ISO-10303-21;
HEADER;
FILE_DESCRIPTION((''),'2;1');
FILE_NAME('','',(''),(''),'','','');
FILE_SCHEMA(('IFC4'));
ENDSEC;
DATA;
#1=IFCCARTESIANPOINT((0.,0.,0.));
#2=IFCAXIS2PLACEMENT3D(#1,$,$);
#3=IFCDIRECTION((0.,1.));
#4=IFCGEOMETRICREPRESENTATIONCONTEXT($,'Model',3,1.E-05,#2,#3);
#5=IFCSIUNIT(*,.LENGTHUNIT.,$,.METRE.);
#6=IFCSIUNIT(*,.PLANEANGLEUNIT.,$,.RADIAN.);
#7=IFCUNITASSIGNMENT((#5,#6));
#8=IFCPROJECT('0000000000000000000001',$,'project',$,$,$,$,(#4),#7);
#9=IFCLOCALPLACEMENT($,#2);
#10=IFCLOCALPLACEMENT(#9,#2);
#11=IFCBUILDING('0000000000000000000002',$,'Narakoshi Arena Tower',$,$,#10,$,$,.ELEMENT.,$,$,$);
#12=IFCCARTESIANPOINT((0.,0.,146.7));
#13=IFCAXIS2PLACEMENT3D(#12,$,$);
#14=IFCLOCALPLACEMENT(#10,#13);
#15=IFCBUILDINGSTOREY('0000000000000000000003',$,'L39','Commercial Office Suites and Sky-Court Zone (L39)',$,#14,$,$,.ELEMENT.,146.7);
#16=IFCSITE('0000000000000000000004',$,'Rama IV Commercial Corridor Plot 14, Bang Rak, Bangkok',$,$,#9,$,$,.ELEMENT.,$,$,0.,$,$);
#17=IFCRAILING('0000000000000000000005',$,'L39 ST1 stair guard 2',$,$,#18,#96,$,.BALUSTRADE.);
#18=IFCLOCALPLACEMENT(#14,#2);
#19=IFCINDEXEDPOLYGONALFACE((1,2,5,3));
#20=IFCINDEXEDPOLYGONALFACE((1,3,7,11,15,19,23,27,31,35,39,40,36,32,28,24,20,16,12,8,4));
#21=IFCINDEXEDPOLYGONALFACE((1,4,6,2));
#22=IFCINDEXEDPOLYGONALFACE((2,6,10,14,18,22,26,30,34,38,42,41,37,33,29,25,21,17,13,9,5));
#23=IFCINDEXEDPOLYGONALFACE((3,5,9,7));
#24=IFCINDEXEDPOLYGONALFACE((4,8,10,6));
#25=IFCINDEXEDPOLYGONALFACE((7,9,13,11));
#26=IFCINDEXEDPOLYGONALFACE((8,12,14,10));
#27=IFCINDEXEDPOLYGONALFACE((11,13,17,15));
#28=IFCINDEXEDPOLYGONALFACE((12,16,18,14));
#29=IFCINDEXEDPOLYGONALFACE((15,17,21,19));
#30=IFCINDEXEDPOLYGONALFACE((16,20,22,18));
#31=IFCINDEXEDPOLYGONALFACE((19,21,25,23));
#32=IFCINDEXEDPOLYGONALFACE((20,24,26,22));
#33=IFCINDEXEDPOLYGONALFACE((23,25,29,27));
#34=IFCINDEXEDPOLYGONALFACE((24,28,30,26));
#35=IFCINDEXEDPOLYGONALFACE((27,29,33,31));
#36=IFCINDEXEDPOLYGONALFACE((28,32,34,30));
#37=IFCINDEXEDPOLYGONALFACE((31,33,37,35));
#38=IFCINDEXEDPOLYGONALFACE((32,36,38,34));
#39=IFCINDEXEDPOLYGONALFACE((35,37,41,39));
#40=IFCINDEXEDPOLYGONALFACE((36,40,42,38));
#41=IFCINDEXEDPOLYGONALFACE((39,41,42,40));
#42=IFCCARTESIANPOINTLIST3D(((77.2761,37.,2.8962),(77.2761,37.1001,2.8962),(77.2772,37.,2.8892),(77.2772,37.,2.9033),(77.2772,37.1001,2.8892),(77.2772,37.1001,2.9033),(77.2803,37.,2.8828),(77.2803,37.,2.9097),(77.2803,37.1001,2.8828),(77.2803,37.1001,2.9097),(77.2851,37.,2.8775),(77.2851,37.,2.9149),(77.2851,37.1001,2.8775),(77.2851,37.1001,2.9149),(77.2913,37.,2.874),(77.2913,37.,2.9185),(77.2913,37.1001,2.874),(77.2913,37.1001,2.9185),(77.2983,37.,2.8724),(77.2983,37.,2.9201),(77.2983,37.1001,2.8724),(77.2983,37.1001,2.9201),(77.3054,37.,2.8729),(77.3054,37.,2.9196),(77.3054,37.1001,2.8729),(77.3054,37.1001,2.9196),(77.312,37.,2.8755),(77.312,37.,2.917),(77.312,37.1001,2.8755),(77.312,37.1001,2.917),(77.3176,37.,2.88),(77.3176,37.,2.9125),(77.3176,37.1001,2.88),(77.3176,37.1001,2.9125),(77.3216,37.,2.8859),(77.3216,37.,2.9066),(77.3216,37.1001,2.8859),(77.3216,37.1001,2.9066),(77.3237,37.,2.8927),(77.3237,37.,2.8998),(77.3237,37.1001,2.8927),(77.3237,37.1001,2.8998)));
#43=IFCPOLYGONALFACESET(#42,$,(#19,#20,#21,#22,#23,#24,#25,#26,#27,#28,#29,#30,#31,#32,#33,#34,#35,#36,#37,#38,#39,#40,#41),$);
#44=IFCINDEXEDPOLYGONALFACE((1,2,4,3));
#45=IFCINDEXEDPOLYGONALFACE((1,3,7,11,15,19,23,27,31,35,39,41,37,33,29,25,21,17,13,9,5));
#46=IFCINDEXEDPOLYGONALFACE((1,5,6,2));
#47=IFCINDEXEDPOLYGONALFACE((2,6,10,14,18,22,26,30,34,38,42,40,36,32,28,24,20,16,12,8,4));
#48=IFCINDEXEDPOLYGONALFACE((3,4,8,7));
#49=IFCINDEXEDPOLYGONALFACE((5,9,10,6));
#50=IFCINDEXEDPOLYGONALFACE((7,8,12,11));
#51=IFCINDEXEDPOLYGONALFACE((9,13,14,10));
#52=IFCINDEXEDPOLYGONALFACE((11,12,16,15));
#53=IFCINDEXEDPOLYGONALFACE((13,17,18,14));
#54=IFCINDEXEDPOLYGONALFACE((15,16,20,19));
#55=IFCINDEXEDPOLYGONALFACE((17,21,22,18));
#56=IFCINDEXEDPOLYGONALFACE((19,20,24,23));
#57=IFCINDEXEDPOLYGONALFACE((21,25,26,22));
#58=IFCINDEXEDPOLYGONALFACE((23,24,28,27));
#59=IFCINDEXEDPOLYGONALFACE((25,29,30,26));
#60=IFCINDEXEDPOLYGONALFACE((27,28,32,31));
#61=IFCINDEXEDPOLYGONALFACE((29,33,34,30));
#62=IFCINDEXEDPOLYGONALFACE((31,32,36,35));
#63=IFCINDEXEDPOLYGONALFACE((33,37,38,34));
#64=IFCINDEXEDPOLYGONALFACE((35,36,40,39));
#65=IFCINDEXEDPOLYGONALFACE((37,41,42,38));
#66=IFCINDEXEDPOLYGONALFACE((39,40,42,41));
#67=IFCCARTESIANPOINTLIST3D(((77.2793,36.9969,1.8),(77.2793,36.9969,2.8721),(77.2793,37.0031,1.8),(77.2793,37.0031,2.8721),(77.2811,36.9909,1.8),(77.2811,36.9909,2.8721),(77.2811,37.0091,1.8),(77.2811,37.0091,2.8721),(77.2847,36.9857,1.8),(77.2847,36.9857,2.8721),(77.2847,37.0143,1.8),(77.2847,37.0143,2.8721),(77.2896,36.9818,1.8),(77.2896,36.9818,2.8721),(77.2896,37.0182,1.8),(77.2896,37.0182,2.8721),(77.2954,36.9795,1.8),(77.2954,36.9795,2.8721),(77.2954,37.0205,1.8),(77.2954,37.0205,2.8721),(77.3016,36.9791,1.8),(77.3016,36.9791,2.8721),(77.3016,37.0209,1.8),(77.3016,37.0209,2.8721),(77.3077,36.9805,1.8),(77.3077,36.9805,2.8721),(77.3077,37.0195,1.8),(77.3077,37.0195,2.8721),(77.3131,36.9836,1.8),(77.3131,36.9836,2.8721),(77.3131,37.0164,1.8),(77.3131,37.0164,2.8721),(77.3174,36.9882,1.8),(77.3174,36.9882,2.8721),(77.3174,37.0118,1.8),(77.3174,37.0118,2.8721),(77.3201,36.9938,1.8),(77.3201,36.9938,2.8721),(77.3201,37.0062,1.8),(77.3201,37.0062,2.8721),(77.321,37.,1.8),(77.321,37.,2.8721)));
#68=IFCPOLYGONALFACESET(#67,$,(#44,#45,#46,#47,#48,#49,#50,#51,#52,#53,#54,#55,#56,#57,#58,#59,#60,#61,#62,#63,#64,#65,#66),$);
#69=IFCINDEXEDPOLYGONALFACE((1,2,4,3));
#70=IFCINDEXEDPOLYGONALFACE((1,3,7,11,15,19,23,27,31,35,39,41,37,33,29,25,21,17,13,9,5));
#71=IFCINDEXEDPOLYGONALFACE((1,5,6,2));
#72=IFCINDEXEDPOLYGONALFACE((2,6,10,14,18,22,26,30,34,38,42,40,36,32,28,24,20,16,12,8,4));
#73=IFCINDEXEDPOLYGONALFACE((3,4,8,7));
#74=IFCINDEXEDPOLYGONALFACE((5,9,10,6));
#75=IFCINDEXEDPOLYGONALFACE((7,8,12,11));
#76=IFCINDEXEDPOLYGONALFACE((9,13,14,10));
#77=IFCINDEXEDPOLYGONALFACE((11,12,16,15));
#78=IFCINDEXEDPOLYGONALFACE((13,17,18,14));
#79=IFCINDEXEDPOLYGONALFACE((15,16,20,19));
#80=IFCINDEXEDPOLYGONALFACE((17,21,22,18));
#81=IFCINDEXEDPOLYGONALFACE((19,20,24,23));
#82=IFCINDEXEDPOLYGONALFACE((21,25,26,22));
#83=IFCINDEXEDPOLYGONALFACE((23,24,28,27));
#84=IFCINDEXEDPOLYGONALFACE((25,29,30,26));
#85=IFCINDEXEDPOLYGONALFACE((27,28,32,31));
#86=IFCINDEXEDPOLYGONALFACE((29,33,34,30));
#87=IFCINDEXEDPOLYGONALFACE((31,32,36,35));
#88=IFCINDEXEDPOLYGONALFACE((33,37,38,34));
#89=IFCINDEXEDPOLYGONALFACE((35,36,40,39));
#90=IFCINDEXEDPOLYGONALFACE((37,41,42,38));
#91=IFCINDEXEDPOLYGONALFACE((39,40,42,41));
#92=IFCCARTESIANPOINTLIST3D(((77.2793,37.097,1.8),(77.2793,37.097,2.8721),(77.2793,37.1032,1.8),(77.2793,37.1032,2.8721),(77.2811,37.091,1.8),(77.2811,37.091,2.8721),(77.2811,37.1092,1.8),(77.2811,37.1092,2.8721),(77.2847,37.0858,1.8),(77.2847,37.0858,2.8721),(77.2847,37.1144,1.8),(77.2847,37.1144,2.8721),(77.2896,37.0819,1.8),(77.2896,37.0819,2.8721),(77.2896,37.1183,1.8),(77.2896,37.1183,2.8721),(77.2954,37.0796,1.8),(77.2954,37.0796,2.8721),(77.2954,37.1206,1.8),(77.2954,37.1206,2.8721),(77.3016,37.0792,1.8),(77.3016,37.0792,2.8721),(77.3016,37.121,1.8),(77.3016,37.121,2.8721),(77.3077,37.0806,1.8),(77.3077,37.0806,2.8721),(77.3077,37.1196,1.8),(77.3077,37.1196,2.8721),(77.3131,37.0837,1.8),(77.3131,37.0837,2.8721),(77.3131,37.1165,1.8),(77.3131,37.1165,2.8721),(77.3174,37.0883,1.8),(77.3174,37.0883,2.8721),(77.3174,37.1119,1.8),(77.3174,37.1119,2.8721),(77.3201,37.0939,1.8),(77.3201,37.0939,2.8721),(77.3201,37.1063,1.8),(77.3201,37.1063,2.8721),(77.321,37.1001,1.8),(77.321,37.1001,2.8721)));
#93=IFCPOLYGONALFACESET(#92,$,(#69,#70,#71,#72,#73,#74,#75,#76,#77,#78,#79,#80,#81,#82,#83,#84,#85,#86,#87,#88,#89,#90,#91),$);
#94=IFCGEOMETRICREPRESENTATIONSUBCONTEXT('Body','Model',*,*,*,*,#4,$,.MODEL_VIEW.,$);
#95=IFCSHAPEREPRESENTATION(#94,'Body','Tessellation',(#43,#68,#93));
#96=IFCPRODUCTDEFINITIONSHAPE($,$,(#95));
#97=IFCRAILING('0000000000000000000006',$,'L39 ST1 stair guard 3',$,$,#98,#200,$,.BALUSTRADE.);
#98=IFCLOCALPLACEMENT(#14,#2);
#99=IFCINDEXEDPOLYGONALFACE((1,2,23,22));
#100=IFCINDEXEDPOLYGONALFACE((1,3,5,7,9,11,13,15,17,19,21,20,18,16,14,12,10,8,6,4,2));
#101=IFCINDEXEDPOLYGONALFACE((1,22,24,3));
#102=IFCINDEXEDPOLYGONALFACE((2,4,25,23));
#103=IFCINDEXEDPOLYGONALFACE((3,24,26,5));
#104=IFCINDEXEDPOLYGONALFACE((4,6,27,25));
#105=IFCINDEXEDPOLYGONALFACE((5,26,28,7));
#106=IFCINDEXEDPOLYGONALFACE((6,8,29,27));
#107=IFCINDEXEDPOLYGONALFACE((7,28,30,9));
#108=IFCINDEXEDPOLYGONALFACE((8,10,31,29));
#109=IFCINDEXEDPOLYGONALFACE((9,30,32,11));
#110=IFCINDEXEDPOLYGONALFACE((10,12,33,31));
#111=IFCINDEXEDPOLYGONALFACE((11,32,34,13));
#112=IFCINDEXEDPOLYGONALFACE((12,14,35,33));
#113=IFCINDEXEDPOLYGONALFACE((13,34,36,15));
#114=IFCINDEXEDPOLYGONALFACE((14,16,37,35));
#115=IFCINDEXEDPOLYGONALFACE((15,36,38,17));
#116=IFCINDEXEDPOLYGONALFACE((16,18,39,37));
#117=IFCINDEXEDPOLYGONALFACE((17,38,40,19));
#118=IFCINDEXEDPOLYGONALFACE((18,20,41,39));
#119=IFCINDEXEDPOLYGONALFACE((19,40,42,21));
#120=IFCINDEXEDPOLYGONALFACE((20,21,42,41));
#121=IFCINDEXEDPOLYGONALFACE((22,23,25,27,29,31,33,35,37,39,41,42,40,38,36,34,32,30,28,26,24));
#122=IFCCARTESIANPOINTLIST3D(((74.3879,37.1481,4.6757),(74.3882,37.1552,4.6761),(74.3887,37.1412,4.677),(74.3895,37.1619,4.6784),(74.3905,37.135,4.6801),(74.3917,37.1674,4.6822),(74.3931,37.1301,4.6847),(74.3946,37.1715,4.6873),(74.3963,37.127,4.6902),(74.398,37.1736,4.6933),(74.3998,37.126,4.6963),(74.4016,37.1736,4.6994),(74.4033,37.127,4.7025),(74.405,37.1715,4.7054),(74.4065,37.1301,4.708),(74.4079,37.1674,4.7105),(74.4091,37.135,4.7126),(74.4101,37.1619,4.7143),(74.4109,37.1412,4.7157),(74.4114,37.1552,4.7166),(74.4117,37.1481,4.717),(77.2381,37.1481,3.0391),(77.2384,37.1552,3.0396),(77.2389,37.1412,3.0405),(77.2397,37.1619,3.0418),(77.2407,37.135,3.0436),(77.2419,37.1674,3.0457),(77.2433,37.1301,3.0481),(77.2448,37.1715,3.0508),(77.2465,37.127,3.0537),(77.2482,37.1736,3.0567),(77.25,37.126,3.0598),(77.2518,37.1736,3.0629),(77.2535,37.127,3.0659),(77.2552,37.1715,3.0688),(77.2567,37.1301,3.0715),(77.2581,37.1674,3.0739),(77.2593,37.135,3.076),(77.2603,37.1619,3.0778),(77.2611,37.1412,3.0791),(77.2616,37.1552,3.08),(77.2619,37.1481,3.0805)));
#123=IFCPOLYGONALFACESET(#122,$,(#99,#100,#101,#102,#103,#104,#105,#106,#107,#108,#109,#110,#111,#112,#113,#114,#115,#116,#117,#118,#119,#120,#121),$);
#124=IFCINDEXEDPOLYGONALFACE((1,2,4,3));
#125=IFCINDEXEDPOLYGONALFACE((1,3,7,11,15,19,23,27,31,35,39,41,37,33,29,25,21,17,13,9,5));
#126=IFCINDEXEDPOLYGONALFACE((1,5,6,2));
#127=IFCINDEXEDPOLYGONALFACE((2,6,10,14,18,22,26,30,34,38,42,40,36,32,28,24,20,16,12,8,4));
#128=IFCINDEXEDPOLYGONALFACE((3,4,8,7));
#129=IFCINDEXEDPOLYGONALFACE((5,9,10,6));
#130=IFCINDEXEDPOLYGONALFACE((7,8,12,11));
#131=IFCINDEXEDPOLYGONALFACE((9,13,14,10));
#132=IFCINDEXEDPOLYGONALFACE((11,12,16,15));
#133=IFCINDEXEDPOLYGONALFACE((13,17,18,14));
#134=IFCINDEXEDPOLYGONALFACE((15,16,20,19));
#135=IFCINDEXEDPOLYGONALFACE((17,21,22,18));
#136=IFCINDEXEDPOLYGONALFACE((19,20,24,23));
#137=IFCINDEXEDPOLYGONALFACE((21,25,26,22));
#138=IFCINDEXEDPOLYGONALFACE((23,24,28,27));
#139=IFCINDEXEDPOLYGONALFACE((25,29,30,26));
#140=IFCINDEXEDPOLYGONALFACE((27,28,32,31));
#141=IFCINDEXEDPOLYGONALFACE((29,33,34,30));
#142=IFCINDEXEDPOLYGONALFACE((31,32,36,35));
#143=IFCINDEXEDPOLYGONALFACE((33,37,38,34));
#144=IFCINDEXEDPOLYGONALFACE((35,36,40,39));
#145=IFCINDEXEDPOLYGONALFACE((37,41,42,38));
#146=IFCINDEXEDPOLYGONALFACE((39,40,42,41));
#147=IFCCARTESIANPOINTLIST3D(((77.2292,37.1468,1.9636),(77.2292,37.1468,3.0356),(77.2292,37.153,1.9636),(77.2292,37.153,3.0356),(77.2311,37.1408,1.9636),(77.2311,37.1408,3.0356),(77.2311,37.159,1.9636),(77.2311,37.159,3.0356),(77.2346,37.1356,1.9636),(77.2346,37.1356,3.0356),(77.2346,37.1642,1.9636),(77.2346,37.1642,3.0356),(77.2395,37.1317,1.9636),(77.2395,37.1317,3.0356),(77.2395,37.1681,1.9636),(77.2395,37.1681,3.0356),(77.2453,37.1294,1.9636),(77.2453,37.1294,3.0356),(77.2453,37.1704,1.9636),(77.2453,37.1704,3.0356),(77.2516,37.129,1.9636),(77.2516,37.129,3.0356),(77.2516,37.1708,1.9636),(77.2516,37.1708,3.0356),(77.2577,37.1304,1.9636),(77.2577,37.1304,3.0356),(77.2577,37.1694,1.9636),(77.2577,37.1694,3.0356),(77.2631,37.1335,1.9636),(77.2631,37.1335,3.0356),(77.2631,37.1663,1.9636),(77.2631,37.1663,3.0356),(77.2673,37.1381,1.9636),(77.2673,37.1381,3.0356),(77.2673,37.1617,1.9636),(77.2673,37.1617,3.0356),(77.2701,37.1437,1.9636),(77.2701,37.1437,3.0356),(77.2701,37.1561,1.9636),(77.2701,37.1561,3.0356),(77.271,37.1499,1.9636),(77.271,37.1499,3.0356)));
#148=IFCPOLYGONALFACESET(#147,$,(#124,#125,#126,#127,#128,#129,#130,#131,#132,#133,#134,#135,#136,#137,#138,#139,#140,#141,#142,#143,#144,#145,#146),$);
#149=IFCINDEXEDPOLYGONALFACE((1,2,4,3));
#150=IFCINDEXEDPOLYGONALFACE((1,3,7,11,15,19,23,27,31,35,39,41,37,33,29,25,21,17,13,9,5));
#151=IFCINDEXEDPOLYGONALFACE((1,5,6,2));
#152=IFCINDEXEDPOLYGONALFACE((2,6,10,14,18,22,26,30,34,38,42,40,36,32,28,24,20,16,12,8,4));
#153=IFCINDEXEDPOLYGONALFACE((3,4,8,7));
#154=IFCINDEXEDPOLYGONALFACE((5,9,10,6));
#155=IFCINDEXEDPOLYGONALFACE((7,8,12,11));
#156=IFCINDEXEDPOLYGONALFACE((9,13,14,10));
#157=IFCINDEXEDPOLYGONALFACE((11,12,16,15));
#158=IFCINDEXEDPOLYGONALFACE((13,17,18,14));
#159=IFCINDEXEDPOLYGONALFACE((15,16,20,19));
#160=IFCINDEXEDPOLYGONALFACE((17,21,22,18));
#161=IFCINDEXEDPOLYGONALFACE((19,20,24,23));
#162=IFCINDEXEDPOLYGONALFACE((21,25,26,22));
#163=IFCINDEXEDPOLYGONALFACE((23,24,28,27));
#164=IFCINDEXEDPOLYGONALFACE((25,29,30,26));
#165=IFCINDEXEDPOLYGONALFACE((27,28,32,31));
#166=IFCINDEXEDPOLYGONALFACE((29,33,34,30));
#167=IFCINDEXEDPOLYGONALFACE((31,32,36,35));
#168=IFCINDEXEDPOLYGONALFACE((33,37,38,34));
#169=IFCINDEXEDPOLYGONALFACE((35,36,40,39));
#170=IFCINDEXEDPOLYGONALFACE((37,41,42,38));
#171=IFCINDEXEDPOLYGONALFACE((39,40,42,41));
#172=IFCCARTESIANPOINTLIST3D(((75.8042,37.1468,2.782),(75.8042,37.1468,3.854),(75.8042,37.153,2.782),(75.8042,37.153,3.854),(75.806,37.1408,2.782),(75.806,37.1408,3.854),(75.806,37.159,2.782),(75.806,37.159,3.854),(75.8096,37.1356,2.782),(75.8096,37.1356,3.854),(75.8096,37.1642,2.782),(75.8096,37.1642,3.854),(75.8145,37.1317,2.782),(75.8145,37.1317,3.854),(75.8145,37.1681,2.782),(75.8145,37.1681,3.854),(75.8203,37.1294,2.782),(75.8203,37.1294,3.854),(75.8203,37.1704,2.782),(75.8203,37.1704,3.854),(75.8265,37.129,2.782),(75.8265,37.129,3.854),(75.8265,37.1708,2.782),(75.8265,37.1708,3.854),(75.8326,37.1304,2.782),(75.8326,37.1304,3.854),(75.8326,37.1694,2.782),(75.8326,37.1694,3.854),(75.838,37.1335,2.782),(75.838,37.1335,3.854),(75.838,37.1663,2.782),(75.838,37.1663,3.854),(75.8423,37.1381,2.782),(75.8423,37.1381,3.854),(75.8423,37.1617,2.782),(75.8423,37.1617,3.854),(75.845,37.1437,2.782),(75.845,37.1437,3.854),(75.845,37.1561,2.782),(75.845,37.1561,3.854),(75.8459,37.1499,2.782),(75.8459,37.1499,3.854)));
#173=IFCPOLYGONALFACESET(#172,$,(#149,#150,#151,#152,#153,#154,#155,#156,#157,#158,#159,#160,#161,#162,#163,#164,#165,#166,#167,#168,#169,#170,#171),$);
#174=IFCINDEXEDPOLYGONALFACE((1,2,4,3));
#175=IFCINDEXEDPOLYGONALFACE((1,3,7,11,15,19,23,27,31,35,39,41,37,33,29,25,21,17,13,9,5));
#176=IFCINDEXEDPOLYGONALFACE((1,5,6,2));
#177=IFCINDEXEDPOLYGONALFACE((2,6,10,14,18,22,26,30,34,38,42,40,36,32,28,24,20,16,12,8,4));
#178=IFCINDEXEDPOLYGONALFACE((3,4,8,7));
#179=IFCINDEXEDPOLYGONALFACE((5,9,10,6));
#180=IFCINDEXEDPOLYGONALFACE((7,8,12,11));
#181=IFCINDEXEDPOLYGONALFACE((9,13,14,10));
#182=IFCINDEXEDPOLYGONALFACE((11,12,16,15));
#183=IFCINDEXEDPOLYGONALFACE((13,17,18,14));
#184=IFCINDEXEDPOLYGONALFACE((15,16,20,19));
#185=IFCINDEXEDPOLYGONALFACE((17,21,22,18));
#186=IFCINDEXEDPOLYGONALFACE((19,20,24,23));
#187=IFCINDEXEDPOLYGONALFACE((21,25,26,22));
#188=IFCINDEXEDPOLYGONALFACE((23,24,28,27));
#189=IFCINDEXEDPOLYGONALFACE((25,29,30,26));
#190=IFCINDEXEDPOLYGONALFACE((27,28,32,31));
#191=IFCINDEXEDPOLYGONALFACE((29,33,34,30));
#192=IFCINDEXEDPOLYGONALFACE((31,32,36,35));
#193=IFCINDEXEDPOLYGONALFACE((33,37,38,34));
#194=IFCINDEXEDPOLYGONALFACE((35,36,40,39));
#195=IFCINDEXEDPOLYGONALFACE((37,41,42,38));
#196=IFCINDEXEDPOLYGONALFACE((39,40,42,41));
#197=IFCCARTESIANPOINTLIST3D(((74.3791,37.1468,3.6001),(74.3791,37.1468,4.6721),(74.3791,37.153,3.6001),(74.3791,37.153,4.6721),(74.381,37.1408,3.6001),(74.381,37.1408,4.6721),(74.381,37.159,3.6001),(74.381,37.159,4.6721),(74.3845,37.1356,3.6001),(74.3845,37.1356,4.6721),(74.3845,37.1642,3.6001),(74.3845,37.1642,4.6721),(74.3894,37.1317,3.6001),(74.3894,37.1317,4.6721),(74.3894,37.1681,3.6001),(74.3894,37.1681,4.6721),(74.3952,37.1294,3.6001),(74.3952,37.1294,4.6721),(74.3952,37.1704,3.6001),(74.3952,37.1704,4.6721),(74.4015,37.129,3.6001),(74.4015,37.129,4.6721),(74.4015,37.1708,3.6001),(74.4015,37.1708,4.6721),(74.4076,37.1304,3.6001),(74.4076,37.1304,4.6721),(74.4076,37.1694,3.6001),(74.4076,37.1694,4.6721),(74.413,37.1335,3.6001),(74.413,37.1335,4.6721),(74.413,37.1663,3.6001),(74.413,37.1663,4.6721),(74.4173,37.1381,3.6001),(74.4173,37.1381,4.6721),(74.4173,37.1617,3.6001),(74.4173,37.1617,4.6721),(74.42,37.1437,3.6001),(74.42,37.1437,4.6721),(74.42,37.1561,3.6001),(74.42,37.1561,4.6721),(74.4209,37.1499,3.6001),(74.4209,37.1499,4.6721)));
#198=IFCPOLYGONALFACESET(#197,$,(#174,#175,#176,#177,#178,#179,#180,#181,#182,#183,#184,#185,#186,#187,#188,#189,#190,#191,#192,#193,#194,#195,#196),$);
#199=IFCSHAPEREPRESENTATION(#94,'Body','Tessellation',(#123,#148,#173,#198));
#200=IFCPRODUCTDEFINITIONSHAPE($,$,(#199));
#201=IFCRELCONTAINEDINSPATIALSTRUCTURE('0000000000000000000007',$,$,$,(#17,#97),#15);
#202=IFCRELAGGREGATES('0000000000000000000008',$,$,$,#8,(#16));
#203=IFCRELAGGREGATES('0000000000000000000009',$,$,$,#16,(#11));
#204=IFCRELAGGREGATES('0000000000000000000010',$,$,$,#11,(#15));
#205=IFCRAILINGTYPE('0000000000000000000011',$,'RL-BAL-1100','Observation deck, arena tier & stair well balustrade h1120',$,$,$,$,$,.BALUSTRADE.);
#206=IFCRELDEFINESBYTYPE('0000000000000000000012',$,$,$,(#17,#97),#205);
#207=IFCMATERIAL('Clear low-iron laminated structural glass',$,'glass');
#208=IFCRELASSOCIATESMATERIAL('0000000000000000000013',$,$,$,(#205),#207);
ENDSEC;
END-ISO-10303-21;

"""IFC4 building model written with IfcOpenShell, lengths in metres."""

from ifc_helpers import new_model, si_unit, direction, frame, origin, origin_2d, place, context, subcontext, project, spatial, circle, extrude, material, type_object, element, save


model = new_model("IFC4")

# Units and contexts
model_context = context("Model", 3, precision=1e-05, world=origin(), true_north=direction((0.0, 1.0)))
body_context = subcontext(model_context, "Body", "Model", "MODEL_VIEW")
ifc_project = project(units=[si_unit("LENGTHUNIT", "METRE"), si_unit("PLANEANGLEUNIT", "RADIAN")], contexts=[model_context])

# Site, building, storey
site_placement = place(None, origin())
site = spatial("IfcSite", under=ifc_project, at=site_placement, Name="Rama IV Commercial Corridor Plot 14, Bang Rak, Bangkok", CompositionType="ELEMENT", RefElevation=0.0)
building_placement = place(site_placement, origin())
building = spatial("IfcBuilding", under=site, at=building_placement, Name="Narakoshi Arena Tower", CompositionType="ELEMENT")
storey_placement = place(building_placement, frame((0.0, 0.0, 146.7)))
storey = spatial("IfcBuildingStorey", under=building, at=storey_placement, Name="L39", Description="Commercial Office Suites and Sky-Court Zone (L39)", CompositionType="ELEMENT", Elevation=146.7)

# Railings
ifc_material_1 = material(Name="Clear low-iron laminated structural glass", Category="glass")
railing_type_1 = type_object("IfcRailingType", Name="RL-BAL-1100", Description="Observation deck, arena tier & stair well balustrade h1120", PredefinedType="BALUSTRADE", material=ifc_material_1)
railing_1_placement = place(storey_placement, frame((77.3, 37.0, 1.8)))
element("IfcRailing", 1, at=railing_1_placement, inside=storey, type_object=railing_type_1, Name="L39 ST1 stair guard 2", PredefinedType="BALUSTRADE", context=body_context, shape_type="SweptSolid", body=[
    extrude(circle(Radius=0.0239, at=origin_2d()), frame((0.0, 0.0, 1.0962), z_axis=(0.0, 1.0, 0.0), x_axis=(-1.0, 0.0, 0.0)), (0.0, 0.0, 1.0), 0.1001),
    extrude(circle(Radius=0.021, at=origin_2d()), origin(), (0.0, 0.0, 1.0), 1.072),
    extrude(circle(Radius=0.021, at=origin_2d()), frame((0.0, 0.1001, 0.0)), (0.0, 0.0, 1.0), 1.072),
])
railing_2_placement = place(storey_placement, frame((77.25, 37.1499, 1.9636)))
element("IfcRailing", 2, at=railing_2_placement, inside=storey, type_object=railing_type_1, Name="L39 ST1 stair guard 3", PredefinedType="BALUSTRADE", context=body_context, shape_type="SweptSolid", body=[
    extrude(circle(Radius=0.0239, at=origin_2d()), frame((0.0, 0.0, 1.0962), z_axis=(-0.867213, 0.0, 0.497938), x_axis=(0.0, -1.0, 0.0)), (0.0, 0.0, 1.0), 3.2866),
    extrude(circle(Radius=0.021, at=origin_2d()), origin(), (0.0, 0.0, 1.0), 1.072),
    extrude(circle(Radius=0.021, at=origin_2d()), frame((-1.425, 0.0, 0.8184)), (0.0, 0.0, 1.0), 1.072),
    extrude(circle(Radius=0.021, at=origin_2d()), frame((-2.8501, 0.0, 1.6365)), (0.0, 0.0, 1.0), 1.072),
])

save(model, "model.ifc")
